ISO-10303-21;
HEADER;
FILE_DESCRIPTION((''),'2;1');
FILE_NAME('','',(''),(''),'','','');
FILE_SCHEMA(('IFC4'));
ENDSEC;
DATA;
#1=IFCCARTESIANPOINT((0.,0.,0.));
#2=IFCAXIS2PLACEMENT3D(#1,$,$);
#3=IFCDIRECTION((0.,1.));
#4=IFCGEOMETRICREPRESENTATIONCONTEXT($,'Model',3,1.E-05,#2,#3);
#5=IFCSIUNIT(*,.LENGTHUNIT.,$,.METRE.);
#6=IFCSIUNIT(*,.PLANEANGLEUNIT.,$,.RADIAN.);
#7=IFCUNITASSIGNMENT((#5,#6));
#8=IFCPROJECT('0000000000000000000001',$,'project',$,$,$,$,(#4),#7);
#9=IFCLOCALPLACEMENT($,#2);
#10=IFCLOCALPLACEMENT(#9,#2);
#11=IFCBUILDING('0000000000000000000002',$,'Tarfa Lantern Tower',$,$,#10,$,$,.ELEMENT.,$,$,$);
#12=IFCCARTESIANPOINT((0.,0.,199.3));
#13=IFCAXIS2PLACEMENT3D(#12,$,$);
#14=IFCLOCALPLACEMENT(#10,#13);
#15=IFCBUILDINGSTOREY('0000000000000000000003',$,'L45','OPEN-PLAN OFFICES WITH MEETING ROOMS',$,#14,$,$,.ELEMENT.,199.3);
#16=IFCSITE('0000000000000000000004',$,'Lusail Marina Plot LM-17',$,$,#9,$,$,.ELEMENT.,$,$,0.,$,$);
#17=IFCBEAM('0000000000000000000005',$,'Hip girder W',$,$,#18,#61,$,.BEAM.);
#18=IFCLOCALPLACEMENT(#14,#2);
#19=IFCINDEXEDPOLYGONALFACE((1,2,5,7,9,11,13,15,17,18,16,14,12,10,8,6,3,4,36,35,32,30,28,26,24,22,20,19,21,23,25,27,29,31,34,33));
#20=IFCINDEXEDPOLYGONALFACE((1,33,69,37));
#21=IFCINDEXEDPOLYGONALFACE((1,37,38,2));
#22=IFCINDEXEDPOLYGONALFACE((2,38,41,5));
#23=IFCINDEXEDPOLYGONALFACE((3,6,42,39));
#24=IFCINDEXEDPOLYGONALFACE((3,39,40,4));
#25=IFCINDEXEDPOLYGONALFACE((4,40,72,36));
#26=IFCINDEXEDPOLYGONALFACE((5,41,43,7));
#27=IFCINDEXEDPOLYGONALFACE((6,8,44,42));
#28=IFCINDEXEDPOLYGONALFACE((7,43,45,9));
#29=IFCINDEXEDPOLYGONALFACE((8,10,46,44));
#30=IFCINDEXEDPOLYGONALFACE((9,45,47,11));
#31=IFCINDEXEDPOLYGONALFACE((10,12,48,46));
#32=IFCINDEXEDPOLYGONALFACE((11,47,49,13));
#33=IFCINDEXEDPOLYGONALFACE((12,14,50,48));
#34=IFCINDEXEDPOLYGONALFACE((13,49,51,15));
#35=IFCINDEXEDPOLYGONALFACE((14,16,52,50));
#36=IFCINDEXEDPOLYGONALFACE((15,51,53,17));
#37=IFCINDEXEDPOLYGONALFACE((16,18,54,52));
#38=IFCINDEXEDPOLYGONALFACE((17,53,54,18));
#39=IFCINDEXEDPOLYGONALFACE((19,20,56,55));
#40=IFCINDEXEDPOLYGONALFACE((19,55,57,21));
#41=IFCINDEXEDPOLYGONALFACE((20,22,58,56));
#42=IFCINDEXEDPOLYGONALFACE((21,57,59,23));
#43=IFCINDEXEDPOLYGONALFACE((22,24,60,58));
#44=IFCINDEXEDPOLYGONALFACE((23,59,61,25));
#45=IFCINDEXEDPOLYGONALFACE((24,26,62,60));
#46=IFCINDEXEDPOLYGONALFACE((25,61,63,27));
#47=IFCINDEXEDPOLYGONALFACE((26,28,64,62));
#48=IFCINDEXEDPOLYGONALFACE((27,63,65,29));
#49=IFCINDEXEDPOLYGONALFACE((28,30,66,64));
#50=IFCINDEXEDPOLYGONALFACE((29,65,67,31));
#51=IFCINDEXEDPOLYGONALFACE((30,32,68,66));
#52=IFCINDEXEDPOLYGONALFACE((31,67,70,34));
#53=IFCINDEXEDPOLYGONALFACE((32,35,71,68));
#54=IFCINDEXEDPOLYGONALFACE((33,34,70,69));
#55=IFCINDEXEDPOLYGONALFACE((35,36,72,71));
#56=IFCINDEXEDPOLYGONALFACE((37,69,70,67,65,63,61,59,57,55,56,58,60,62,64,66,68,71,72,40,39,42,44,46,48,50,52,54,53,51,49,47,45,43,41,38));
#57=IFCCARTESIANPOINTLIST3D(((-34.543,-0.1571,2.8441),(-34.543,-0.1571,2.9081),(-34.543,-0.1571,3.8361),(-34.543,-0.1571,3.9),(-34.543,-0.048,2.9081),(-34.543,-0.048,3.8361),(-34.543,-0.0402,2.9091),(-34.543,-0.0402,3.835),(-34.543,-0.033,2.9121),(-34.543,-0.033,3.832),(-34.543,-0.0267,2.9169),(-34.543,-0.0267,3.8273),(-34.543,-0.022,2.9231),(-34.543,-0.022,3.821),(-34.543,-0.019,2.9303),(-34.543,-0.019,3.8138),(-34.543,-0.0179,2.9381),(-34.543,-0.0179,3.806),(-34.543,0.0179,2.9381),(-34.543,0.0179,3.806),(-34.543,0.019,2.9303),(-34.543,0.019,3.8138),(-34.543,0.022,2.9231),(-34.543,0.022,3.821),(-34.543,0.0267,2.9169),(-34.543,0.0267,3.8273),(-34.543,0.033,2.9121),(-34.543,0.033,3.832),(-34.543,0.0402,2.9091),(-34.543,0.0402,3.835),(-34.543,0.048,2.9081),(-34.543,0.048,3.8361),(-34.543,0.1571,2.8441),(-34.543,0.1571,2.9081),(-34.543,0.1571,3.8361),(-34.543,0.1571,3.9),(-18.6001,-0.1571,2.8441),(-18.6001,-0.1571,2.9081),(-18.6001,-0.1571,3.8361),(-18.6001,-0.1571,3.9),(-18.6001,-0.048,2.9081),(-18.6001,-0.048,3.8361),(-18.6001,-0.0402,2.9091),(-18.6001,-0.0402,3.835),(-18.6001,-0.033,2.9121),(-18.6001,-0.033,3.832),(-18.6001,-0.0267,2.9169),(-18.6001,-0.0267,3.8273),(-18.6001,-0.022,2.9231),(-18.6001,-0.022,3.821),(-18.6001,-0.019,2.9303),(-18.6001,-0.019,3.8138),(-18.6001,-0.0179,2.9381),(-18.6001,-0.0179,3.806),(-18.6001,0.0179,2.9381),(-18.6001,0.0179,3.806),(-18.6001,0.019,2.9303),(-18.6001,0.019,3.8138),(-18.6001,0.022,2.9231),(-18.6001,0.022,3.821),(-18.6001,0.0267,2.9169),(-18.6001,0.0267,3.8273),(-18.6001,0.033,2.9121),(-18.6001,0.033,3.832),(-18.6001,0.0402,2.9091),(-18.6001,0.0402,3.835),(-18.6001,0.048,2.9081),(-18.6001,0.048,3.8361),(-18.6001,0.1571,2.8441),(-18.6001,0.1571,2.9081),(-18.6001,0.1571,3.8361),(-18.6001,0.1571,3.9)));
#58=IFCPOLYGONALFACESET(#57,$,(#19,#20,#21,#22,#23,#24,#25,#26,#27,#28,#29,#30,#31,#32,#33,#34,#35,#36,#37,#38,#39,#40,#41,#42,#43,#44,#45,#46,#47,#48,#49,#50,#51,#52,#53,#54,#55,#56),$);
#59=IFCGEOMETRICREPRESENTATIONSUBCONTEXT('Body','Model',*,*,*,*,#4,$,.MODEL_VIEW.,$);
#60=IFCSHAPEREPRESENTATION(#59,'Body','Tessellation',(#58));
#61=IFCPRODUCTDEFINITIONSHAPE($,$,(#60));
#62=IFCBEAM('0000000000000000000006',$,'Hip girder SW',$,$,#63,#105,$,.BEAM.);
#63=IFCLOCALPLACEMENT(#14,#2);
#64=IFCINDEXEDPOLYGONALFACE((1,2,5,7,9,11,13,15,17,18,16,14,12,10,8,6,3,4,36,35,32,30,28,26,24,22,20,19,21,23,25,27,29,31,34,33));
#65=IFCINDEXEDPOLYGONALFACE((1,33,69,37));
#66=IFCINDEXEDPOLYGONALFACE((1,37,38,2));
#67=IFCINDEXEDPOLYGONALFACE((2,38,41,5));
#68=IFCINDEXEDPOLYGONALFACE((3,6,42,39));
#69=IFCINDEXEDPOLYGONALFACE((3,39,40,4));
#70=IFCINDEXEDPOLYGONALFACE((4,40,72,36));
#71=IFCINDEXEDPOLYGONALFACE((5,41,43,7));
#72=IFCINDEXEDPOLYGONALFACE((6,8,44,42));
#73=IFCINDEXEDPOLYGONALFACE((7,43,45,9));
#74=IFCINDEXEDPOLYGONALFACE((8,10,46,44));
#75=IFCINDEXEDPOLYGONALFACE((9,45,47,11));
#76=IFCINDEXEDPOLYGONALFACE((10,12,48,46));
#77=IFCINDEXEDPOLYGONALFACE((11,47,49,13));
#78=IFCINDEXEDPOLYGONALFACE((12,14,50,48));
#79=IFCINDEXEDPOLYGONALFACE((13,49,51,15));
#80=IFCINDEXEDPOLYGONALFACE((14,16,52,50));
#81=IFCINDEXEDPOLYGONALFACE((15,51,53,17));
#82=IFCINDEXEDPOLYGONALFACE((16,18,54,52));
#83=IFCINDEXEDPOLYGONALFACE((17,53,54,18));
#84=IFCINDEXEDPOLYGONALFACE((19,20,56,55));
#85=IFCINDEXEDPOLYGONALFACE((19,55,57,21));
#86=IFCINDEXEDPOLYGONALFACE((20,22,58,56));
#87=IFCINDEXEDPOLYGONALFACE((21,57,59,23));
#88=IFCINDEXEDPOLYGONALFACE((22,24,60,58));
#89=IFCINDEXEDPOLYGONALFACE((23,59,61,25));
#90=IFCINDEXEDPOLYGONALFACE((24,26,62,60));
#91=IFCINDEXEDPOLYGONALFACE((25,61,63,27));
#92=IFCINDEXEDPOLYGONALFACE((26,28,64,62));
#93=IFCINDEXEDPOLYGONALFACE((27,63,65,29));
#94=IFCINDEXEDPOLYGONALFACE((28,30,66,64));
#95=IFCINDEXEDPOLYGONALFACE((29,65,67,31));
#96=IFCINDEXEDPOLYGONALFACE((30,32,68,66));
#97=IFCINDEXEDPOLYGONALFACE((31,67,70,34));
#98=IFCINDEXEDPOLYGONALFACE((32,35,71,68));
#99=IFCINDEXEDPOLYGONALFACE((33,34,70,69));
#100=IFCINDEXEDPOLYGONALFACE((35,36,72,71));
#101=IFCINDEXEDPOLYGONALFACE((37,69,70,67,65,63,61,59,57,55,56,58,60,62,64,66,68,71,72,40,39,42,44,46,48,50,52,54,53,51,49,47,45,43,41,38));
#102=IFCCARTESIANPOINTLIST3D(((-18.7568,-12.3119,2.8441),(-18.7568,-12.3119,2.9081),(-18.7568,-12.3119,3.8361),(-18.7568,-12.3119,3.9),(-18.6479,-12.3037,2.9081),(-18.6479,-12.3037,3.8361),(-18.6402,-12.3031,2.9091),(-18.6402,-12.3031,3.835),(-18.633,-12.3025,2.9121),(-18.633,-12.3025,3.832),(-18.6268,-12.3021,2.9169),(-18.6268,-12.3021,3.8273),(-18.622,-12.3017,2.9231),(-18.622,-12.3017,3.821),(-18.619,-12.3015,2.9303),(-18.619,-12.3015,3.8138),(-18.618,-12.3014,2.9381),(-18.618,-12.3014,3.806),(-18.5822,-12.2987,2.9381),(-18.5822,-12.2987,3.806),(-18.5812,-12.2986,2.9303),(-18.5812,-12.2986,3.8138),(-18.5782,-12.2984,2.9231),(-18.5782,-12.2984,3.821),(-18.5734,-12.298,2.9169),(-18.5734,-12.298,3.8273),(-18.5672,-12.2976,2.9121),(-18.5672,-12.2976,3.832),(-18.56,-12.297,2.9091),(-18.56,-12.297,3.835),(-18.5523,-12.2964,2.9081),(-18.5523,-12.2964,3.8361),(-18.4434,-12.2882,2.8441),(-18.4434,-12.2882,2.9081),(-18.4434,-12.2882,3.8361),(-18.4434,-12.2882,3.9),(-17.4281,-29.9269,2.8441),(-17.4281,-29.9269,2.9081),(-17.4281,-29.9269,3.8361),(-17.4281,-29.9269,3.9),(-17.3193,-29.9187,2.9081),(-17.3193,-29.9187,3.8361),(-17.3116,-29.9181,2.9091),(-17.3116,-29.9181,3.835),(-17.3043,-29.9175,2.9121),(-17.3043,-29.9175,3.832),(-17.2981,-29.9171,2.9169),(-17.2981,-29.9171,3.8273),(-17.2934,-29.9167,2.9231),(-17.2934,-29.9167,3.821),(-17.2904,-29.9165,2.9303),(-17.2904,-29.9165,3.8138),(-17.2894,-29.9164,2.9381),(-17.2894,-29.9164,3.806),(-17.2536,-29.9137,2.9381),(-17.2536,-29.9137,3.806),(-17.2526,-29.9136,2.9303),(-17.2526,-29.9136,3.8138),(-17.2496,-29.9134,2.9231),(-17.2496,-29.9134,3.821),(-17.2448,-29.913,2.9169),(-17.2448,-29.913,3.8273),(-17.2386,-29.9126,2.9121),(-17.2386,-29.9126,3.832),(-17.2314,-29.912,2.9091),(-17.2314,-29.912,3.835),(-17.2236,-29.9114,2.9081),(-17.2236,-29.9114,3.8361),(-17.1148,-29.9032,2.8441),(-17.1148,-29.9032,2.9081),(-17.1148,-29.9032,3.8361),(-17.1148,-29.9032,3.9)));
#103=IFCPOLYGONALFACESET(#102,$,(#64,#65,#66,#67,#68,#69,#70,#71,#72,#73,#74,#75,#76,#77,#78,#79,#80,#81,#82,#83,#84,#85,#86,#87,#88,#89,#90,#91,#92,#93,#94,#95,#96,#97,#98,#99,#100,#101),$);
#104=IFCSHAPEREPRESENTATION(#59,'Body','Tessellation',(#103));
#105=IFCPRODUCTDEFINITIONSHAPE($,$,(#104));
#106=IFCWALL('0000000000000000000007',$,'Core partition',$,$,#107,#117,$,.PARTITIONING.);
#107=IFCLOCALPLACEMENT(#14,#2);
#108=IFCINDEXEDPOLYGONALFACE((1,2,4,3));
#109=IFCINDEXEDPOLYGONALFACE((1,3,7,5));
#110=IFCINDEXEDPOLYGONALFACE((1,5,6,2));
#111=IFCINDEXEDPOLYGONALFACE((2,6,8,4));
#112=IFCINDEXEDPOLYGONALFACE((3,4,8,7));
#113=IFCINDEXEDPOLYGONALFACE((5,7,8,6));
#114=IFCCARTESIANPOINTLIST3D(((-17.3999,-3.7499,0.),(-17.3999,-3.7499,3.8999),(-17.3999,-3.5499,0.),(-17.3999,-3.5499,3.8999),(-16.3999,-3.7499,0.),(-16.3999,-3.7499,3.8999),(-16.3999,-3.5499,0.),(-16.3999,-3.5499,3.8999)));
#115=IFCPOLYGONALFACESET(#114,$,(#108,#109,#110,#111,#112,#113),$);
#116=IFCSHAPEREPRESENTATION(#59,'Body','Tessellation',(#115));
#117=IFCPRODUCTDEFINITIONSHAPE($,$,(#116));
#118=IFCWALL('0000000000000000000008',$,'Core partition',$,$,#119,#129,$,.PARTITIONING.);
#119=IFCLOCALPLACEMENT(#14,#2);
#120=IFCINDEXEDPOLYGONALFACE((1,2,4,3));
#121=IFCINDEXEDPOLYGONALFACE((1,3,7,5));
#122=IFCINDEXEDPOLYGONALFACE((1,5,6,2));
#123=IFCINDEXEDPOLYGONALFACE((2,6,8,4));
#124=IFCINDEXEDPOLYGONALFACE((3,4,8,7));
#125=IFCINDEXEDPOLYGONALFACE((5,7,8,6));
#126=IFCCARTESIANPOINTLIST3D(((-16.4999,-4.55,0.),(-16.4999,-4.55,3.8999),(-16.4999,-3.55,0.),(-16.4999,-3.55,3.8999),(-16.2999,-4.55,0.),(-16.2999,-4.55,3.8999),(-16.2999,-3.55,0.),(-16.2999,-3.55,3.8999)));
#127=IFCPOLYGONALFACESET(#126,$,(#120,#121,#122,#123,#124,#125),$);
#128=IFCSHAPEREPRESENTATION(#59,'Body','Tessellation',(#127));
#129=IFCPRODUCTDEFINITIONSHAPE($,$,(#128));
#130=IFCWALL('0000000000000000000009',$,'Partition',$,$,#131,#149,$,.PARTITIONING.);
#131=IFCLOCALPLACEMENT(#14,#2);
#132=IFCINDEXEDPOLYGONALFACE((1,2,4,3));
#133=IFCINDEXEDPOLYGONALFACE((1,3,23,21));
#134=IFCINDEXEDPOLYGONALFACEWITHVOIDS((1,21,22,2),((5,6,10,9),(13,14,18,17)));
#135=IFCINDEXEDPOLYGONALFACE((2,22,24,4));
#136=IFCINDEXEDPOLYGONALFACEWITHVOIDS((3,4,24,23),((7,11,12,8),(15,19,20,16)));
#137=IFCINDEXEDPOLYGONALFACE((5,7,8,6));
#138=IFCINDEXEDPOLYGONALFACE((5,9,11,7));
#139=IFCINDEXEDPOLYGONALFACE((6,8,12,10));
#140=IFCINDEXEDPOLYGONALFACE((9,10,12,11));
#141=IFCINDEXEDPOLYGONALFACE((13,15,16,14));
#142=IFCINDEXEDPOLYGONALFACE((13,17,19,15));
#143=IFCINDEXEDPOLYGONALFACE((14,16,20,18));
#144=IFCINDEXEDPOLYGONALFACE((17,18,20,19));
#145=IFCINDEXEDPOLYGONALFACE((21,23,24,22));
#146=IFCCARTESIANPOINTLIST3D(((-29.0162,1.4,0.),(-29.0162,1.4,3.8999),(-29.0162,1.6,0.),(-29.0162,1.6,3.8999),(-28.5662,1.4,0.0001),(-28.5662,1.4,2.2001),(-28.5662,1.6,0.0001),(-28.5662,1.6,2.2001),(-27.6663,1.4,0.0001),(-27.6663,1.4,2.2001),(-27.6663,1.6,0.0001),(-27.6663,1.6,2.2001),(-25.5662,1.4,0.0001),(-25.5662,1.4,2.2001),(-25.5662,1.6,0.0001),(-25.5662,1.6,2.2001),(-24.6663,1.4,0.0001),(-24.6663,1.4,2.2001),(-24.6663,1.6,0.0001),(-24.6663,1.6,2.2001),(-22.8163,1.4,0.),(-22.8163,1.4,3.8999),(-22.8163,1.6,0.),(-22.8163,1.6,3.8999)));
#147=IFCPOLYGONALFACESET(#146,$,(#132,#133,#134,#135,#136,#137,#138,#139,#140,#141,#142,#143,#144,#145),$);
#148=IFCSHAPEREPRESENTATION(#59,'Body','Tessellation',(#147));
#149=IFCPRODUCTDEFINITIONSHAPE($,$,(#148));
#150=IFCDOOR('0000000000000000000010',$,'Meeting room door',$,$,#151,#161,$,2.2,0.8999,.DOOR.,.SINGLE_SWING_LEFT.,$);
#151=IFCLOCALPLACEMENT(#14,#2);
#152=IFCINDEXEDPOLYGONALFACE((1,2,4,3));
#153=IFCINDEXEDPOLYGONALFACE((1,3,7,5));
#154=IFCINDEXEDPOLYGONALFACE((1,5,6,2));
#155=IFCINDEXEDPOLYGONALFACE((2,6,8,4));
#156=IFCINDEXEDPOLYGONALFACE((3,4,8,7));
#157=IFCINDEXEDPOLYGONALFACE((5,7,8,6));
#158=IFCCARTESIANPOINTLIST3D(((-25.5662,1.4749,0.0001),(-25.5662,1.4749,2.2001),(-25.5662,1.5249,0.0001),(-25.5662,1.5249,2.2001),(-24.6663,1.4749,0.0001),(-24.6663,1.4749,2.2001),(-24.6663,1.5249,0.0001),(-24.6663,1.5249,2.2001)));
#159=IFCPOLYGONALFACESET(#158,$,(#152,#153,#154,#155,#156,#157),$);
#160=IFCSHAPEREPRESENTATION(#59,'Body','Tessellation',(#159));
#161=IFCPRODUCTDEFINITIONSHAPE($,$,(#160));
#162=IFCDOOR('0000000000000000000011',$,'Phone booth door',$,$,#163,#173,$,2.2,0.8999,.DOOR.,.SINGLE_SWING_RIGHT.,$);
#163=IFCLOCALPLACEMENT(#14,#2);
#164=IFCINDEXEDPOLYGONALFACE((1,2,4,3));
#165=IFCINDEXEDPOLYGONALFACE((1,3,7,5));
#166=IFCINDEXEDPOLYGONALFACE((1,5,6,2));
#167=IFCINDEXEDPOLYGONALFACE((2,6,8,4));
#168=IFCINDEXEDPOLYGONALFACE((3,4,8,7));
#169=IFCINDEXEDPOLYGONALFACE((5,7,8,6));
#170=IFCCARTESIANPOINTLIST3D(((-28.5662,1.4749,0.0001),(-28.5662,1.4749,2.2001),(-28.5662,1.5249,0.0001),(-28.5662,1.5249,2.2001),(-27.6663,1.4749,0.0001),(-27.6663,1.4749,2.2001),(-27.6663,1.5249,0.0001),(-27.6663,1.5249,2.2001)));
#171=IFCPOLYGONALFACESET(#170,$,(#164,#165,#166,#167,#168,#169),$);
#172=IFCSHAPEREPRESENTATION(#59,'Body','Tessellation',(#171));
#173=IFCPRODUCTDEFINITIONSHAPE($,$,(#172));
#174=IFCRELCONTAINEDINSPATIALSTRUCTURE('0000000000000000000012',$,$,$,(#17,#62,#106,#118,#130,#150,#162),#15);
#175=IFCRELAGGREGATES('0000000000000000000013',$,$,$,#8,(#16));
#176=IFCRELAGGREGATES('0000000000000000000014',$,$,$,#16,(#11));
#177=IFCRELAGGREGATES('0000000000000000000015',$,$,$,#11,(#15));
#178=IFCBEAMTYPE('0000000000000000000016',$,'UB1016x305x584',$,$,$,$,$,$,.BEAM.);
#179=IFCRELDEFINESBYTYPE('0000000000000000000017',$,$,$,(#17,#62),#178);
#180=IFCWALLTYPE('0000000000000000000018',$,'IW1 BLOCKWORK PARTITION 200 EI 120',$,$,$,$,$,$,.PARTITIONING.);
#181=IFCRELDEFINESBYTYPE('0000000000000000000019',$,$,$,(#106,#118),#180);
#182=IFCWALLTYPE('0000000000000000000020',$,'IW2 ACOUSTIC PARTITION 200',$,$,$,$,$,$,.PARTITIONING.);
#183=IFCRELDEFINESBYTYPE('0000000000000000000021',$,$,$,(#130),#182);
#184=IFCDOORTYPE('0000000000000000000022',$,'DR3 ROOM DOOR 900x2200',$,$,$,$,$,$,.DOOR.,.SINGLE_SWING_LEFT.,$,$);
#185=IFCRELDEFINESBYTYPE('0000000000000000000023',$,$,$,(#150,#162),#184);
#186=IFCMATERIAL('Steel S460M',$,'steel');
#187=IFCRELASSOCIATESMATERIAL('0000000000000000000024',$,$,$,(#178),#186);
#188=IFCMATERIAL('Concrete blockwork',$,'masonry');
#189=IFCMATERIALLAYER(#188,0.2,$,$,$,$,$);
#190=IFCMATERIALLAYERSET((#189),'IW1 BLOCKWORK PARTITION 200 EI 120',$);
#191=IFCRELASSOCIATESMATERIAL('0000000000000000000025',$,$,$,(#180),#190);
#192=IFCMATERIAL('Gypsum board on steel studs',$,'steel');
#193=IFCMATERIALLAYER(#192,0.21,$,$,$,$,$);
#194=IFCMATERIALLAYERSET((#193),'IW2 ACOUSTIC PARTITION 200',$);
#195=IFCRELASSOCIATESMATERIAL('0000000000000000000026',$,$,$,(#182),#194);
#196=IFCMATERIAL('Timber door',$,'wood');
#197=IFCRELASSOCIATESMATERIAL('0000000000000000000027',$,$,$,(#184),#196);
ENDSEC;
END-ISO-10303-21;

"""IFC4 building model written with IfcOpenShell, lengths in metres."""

from ifc_helpers import new_model, si_unit, direction, frame, frame_2d, origin, origin_2d, place, context, subcontext, project, spatial, rectangle, i_section, extrude, material, layer, layer_set, material_profile, profile_set, type_object, element, fill, save


model = new_model("IFC4")

# Units and contexts
model_context = context("Model", 3, precision=1e-05, world=origin(), true_north=direction((0.0, 1.0)))
body_context = subcontext(model_context, "Body", "Model", "MODEL_VIEW")
ifc_project = project(units=[si_unit("LENGTHUNIT", "METRE"), si_unit("PLANEANGLEUNIT", "RADIAN")], contexts=[model_context])

# Site, building, storey
site_placement = place(None, origin())
site = spatial("IfcSite", under=ifc_project, at=site_placement, Name="Lusail Marina Plot LM-17", CompositionType="ELEMENT", RefElevation=0.0)
building_placement = place(site_placement, origin())
building = spatial("IfcBuilding", under=site, at=building_placement, Name="Tarfa Lantern Tower", CompositionType="ELEMENT")
storey_placement = place(building_placement, frame((0.0, 0.0, 199.3)))
storey = spatial("IfcBuildingStorey", under=building, at=storey_placement, Name="L45", Description="OPEN-PLAN OFFICES WITH MEETING ROOMS", CompositionType="ELEMENT", Elevation=199.3)

# Beams
ifc_material_1 = material(Name="Steel S460M", Category="steel")
ifc_material_profile = material_profile(ifc_material_1, i_section(OverallWidth=0.3142, OverallDepth=1.0559, WebThickness=0.0359, FlangeThickness=0.064, FilletRadius=0.03, at=origin_2d()), Name="UB1016x305x584")
ifc_profile_set = profile_set([ifc_material_profile], Name="Steel S460M")
beam_type = type_object("IfcBeamType", Name="UB1016x305x584", PredefinedType="BEAM", material=ifc_profile_set)
beam_1_placement = place(storey_placement, frame((-18.6001, 0.0, 3.3721), z_axis=(-1.0, 0.0, 0.0), x_axis=(0.0, -1.0, 0.0)))
element("IfcBeam", 1, at=beam_1_placement, inside=storey, type_object=beam_type, Name="Hip girder W", PredefinedType="BEAM", context=body_context, shape_type="SweptSolid", body=[
    extrude(i_section(OverallWidth=0.3142, OverallDepth=1.0559, WebThickness=0.0359, FlangeThickness=0.064, FilletRadius=0.03, at=origin_2d()), origin(), (0.0, 0.0, 1.0), 15.9429),
])
beam_2_placement = place(storey_placement, frame((-18.6001, -12.3, 3.3721), z_axis=(0.075212, -0.997168, 0.0), x_axis=(0.997168, 0.075212, 0.0)))
element("IfcBeam", 2, at=beam_2_placement, inside=storey, type_object=beam_type, Name="Hip girder SW", PredefinedType="BEAM", context=body_context, shape_type="SweptSolid", body=[
    extrude(i_section(OverallWidth=0.3142, OverallDepth=1.0559, WebThickness=0.0359, FlangeThickness=0.064, FilletRadius=0.03, at=origin_2d()), origin(), (0.0, 0.0, 1.0), 17.665),
])

# Walls
ifc_material_2 = material(Name="Concrete blockwork", Category="masonry")
ifc_layer_1 = layer(ifc_material_2, 0.2)
ifc_layer_set_1 = layer_set([ifc_layer_1], Name="IW1 BLOCKWORK PARTITION 200 EI 120")
wall_type_1 = type_object("IfcWallType", Name="IW1 BLOCKWORK PARTITION 200 EI 120", PredefinedType="PARTITIONING", material=ifc_layer_set_1)
for number, where, z_axis, x_axis, name in (
    (3, (-16.3999, -3.6499, 0.0), (0.0, 0.0, 1.0), (-1.0, 0.0, 0.0), "Core partition"),
    (4, (-16.3999, -3.55, 0.0), (0.0, 0.0, 1.0), (0.0, -1.0, 0.0), "Core partition"),
):
    element("IfcWall", number, at=place(storey_placement, frame(where, z_axis=z_axis, x_axis=x_axis)), inside=storey, type_object=wall_type_1, Name=name, PredefinedType="PARTITIONING", context=body_context, shape_type="SweptSolid", body=[
        extrude(rectangle(XDim=1.0, YDim=0.2, at=frame_2d((0.5, 0.0))), origin(), (0.0, 0.0, 1.0), 3.8999),
    ])

# Wall, openings, doors
ifc_material_3 = material(Name="Gypsum board on steel studs", Category="steel")
ifc_layer_2 = layer(ifc_material_3, 0.21)
ifc_layer_set_2 = layer_set([ifc_layer_2], Name="IW2 ACOUSTIC PARTITION 200")
wall_type_2 = type_object("IfcWallType", Name="IW2 ACOUSTIC PARTITION 200", PredefinedType="PARTITIONING", material=ifc_layer_set_2)
wall_1_placement = place(storey_placement, frame((-22.8162, 1.5, 0.0), z_axis=(0.0, 0.0, 1.0), x_axis=(-1.0, 0.0, 0.0)))
wall_1 = element("IfcWall", 5, at=wall_1_placement, inside=storey, type_object=wall_type_2, Name="Partition", PredefinedType="PARTITIONING", context=body_context, shape_type="SweptSolid", body=[
    extrude(rectangle(XDim=6.2, YDim=0.2, at=frame_2d((3.1001, 0.0))), origin(), (0.0, 0.0, 1.0), 3.8999),
])
opening_1_placement = place(wall_1_placement, frame((1.8501, 0.0, 0.0)))
opening_1 = element("IfcOpeningElement", 6, at=opening_1_placement, cuts=wall_1, PredefinedType="OPENING", context=body_context, shape_type="SweptSolid", body=[
    extrude(rectangle(XDim=0.8999, YDim=2.2, at=frame_2d((0.45, 1.1001))), frame((0.0, 0.1099, 0.0), z_axis=(0.0, -1.0, 0.0), x_axis=(1.0, 0.0, 0.0)), (0.0, 0.0, 1.0), 0.22),
])
opening_2_placement = place(wall_1_placement, frame((4.8501, 0.0, 0.0)))
opening_2 = element("IfcOpeningElement", 7, at=opening_2_placement, cuts=wall_1, PredefinedType="OPENING", context=body_context, shape_type="SweptSolid", body=[
    extrude(rectangle(XDim=0.8999, YDim=2.2, at=frame_2d((0.45, 1.1001))), frame((0.0, 0.1099, 0.0), z_axis=(0.0, -1.0, 0.0), x_axis=(1.0, 0.0, 0.0)), (0.0, 0.0, 1.0), 0.22),
])
ifc_material_4 = material(Name="Timber door", Category="wood")
door_type_1 = type_object("IfcDoorType", Name="DR3 ROOM DOOR 900x2200", OperationType="SINGLE_SWING_LEFT", PredefinedType="DOOR", material=ifc_material_4)
door_1_placement = place(opening_1_placement, frame((0.8999, 0.0, 0.0), z_axis=(0.0, 0.0, 1.0), x_axis=(-1.0, 0.0, 0.0)))
door_1 = element("IfcDoor", 8, at=door_1_placement, inside=storey, type_object=door_type_1, Name="Meeting room door", OperationType="SINGLE_SWING_LEFT", OverallHeight=2.2, OverallWidth=0.8999, PredefinedType="DOOR", context=body_context, shape_type="SweptSolid", body=[
    extrude(rectangle(XDim=0.8999, YDim=2.2, at=frame_2d((0.45, 1.1001))), frame((0.0, 0.0249, 0.0), z_axis=(0.0, -1.0, 0.0), x_axis=(1.0, 0.0, 0.0)), (0.0, 0.0, 1.0), 0.05),
])
fill(opening_1, door_1)
door_2_placement = place(opening_2_placement, frame((0.8999, 0.0, 0.0), z_axis=(0.0, 0.0, 1.0), x_axis=(-1.0, 0.0, 0.0)))
door_2 = element("IfcDoor", 9, at=door_2_placement, inside=storey, type_object=door_type_1, Name="Phone booth door", OperationType="SINGLE_SWING_RIGHT", OverallHeight=2.2, OverallWidth=0.8999, PredefinedType="DOOR", context=body_context, shape_type="SweptSolid", body=[
    extrude(rectangle(XDim=0.8999, YDim=2.2, at=frame_2d((0.45, 1.1001))), frame((0.0, 0.0249, 0.0), z_axis=(0.0, -1.0, 0.0), x_axis=(1.0, 0.0, 0.0)), (0.0, 0.0, 1.0), 0.05),
])
fill(opening_2, door_2)

save(model, "model.ifc")
